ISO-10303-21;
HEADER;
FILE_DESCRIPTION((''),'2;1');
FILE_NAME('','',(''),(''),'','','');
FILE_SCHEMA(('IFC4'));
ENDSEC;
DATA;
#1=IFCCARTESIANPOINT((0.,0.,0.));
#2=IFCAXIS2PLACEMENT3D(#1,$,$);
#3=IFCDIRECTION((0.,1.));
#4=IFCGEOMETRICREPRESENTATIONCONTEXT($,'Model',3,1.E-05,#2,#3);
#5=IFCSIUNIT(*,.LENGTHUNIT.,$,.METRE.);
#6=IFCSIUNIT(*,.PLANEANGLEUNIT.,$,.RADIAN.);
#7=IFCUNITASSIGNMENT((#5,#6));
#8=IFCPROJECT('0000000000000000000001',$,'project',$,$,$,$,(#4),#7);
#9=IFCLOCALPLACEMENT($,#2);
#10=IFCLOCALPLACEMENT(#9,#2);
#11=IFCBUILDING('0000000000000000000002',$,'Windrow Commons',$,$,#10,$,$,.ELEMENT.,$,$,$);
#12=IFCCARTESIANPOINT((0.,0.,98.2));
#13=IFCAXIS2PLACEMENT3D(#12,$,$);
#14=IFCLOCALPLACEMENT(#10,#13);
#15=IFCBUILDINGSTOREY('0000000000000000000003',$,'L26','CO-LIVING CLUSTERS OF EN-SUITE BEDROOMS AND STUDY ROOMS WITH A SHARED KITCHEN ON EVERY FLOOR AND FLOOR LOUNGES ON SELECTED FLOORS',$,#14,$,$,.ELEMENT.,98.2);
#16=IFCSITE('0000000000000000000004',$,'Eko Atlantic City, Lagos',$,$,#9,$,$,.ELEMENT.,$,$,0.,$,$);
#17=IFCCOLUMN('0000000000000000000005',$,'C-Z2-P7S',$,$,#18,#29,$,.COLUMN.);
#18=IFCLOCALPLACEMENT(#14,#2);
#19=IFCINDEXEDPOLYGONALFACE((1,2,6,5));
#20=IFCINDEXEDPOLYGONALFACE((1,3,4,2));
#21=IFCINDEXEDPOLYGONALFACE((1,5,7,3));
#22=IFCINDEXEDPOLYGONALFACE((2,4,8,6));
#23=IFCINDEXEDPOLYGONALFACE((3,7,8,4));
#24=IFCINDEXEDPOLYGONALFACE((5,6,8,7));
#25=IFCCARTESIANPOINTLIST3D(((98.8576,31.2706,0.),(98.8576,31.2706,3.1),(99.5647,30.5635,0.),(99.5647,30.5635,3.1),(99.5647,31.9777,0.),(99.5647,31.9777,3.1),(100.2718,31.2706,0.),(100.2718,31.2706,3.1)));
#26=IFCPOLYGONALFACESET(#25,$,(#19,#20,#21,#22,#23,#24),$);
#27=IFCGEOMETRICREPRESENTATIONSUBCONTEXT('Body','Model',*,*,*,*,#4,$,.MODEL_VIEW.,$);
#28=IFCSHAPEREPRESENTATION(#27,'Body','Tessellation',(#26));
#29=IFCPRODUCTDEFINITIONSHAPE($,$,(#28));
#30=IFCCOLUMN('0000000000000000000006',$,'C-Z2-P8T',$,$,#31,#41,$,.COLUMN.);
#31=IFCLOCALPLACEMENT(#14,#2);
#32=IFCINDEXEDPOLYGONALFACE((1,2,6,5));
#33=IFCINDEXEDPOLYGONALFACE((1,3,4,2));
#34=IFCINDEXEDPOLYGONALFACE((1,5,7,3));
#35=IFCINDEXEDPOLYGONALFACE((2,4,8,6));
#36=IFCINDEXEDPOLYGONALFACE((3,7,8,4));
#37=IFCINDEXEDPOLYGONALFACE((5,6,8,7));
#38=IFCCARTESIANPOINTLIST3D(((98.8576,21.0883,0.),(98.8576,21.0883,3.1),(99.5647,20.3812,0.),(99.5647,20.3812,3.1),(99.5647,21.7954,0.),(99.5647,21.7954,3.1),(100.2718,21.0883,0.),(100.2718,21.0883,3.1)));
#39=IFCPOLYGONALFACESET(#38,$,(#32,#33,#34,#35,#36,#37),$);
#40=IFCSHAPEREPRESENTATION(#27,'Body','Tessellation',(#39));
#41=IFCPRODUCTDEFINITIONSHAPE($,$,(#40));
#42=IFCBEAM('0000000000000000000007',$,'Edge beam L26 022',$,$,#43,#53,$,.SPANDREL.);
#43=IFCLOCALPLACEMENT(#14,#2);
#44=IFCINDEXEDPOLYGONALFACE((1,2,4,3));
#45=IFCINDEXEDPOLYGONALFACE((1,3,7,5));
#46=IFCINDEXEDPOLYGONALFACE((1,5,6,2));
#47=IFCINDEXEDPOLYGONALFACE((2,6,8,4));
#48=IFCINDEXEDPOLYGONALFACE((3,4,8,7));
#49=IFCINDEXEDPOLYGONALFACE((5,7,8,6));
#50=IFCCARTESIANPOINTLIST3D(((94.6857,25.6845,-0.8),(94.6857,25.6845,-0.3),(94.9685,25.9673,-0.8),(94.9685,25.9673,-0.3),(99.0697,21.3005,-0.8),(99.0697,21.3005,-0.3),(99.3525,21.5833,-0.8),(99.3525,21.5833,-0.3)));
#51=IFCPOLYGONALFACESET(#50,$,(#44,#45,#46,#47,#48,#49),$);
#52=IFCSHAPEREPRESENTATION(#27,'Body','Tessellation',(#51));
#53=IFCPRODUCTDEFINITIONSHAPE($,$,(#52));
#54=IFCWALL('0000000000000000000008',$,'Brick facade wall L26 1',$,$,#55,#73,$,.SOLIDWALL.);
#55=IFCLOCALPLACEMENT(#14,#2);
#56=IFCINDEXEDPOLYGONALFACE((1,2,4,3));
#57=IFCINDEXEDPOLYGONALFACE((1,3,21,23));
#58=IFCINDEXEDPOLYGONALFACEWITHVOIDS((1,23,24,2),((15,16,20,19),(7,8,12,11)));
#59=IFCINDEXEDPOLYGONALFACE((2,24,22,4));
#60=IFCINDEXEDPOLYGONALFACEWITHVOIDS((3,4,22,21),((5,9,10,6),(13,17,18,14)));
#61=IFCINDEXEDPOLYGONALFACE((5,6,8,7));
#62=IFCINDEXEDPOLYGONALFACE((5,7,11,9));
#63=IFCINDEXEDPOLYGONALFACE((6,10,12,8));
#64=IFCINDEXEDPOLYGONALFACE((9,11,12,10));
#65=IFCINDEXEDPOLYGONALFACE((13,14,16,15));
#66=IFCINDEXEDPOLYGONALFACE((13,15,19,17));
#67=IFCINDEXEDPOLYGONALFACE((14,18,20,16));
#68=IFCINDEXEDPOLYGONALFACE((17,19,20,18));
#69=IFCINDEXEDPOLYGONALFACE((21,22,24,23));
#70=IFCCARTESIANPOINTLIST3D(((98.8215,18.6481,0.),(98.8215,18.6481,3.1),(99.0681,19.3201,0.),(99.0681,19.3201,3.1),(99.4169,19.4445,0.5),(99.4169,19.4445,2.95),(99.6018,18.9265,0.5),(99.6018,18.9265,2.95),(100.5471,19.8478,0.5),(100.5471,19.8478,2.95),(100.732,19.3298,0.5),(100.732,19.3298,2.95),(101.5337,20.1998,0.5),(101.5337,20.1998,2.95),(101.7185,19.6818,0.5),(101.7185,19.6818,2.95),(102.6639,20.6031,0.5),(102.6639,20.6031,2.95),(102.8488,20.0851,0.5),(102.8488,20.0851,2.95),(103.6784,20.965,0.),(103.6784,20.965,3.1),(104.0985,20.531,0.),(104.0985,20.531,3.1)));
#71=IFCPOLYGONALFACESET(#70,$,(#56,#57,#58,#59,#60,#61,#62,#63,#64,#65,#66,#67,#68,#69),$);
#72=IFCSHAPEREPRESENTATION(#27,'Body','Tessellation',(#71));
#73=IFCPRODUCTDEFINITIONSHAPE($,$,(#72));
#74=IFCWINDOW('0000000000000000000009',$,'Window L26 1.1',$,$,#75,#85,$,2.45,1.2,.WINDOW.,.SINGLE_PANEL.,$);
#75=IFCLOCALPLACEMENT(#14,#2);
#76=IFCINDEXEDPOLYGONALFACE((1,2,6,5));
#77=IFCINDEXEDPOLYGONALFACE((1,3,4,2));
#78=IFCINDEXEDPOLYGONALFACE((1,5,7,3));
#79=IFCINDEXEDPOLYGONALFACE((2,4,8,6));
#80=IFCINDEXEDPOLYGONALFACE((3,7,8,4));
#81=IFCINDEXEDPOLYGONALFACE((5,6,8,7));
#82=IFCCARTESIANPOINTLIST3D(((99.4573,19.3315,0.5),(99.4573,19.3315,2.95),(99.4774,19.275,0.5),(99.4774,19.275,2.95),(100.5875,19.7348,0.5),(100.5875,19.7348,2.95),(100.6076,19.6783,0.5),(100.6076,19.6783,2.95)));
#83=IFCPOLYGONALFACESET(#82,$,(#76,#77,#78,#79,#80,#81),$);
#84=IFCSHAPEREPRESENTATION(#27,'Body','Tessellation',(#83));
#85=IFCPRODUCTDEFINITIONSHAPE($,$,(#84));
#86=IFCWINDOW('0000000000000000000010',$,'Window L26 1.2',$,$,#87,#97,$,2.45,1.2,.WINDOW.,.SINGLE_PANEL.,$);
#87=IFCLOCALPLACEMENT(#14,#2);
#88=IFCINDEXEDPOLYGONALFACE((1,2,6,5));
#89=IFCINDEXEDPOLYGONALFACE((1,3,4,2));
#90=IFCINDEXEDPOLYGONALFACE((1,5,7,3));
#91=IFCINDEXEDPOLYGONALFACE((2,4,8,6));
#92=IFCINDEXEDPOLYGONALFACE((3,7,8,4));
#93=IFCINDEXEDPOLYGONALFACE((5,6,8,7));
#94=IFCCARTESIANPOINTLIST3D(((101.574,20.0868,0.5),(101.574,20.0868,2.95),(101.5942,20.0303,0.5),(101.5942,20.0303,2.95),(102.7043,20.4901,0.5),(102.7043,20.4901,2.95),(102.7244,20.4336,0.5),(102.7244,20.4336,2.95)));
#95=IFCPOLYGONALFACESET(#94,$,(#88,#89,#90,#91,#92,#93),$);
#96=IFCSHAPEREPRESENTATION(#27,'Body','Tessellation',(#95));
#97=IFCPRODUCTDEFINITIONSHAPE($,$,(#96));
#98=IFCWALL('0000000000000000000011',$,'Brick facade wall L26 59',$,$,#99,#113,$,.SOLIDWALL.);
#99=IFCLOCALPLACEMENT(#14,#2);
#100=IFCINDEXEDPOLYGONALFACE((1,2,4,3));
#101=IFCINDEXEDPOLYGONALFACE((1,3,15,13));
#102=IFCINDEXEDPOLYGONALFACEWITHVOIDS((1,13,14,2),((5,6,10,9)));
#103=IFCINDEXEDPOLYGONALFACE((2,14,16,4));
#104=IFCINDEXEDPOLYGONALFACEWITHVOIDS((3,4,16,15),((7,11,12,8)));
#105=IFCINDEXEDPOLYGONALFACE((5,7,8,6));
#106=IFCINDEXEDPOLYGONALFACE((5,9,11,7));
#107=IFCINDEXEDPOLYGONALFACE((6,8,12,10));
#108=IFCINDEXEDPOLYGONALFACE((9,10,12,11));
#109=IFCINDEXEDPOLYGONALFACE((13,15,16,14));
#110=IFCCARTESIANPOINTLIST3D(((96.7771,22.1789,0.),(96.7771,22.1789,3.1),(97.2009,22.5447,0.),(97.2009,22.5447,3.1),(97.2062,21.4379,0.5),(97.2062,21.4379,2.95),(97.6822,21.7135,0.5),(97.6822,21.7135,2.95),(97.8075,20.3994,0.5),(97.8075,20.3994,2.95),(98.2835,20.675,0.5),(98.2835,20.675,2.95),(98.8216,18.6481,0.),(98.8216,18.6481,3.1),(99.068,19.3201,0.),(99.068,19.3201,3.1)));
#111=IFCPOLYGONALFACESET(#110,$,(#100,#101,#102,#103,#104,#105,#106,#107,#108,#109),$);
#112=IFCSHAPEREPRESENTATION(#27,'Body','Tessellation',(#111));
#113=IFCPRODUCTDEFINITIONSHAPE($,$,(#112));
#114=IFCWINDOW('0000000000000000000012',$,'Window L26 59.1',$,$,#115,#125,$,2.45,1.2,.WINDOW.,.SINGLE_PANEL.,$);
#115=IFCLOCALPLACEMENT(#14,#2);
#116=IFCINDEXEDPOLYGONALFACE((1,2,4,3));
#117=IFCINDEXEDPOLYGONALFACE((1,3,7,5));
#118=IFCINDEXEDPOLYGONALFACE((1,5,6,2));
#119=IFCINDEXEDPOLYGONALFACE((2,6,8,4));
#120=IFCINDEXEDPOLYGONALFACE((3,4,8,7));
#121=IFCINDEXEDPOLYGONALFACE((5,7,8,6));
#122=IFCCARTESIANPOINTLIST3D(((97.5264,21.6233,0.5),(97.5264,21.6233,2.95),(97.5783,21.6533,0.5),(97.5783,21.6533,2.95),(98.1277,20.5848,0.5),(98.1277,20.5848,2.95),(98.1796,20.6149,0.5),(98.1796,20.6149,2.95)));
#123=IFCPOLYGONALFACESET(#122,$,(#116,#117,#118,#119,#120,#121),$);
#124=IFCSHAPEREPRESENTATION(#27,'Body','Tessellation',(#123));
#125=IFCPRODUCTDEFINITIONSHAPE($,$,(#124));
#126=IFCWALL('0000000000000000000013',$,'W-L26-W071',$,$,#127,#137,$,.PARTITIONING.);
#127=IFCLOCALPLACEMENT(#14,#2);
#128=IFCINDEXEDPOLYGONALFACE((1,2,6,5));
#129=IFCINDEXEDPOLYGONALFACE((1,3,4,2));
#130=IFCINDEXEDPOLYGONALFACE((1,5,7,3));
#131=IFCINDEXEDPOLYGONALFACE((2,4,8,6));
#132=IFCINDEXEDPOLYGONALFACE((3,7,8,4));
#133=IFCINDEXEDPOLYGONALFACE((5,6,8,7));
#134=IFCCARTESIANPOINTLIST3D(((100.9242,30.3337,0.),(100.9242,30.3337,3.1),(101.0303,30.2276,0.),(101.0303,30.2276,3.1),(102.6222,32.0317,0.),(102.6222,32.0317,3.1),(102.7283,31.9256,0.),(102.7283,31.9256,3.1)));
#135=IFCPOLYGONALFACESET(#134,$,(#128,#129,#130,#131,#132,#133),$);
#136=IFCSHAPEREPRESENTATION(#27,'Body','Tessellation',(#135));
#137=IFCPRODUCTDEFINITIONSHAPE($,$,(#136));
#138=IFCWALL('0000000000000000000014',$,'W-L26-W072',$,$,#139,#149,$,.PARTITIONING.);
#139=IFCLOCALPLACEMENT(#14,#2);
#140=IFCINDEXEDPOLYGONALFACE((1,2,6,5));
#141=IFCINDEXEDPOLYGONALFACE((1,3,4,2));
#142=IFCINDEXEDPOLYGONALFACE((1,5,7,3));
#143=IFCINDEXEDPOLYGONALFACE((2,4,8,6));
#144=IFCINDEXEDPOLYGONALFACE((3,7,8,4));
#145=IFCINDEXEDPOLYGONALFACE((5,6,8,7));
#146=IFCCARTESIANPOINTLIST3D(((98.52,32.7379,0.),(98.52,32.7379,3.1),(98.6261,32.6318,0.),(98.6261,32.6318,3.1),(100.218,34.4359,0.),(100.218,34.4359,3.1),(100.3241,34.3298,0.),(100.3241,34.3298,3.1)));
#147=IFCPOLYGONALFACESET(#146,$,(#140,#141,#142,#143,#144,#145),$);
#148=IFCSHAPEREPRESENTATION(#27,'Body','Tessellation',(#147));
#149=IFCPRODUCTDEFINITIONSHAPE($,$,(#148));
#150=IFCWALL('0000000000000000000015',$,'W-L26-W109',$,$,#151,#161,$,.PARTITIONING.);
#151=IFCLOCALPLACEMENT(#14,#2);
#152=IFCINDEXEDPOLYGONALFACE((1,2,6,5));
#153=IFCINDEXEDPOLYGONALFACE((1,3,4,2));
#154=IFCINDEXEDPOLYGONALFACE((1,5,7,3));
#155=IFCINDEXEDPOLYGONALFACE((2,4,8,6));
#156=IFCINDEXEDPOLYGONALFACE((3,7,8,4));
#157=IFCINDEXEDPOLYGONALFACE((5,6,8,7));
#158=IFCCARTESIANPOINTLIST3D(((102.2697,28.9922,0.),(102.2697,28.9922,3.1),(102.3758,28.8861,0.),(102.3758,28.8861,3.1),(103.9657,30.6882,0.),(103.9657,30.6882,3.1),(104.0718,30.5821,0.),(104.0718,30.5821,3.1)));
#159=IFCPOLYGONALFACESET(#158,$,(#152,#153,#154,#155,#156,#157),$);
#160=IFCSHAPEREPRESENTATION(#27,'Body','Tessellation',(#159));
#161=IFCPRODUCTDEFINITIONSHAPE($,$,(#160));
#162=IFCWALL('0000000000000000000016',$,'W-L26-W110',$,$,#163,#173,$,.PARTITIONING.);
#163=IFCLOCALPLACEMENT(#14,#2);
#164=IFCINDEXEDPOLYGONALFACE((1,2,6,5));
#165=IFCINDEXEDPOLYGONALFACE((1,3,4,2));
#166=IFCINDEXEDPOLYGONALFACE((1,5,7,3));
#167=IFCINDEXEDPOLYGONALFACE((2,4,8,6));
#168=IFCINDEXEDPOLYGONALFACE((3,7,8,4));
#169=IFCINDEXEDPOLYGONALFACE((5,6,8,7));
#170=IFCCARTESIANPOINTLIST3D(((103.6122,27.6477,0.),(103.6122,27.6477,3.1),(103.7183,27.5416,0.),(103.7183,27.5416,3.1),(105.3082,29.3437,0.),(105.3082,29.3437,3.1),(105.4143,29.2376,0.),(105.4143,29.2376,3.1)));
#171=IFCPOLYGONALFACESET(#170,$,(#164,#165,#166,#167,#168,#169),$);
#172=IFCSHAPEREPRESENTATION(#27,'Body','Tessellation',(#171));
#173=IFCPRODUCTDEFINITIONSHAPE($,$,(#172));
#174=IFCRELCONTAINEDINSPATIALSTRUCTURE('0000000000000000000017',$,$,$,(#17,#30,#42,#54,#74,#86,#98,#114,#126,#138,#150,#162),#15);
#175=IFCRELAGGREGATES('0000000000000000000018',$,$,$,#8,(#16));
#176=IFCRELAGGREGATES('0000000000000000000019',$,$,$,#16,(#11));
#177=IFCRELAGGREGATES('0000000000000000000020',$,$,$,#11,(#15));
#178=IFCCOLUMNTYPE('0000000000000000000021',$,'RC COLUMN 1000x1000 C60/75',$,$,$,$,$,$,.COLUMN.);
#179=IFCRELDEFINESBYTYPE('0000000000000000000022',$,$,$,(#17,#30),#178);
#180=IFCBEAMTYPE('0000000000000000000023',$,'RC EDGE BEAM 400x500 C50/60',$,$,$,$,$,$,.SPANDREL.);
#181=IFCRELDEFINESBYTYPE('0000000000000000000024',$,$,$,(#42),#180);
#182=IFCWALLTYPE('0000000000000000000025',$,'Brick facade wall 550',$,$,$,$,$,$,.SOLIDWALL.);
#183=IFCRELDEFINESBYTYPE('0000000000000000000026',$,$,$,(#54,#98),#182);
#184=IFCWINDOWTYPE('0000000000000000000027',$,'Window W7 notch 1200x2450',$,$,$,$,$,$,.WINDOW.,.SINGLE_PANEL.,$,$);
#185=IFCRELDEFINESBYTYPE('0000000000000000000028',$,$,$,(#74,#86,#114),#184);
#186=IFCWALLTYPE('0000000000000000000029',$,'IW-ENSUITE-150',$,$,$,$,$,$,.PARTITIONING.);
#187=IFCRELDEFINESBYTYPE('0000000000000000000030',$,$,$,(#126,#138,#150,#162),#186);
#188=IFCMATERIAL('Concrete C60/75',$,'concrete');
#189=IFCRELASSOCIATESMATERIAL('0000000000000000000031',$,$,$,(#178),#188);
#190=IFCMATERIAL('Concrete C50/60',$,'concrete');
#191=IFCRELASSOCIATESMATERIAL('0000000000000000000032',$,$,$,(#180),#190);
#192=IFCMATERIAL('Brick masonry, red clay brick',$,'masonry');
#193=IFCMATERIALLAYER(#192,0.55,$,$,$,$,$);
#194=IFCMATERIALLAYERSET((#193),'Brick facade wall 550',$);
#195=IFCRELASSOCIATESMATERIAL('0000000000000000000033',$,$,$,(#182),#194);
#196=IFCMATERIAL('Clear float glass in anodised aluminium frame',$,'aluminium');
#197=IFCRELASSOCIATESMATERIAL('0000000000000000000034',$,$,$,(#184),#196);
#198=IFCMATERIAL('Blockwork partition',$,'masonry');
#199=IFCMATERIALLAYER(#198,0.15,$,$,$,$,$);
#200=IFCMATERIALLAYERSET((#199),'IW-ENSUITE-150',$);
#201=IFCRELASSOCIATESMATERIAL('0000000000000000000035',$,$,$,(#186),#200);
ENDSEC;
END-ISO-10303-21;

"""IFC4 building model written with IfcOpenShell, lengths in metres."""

from ifc_helpers import new_model, si_unit, direction, frame, frame_2d, origin, origin_2d, place, context, subcontext, project, spatial, polyline, rectangle, outline, extrude, material, layer, layer_set, material_profile, profile_set, type_object, element, fill, save


model = new_model("IFC4")

# Units and contexts
model_context = context("Model", 3, precision=1e-05, world=origin(), true_north=direction((0.0, 1.0)))
body_context = subcontext(model_context, "Body", "Model", "MODEL_VIEW")
ifc_project = project(units=[si_unit("LENGTHUNIT", "METRE"), si_unit("PLANEANGLEUNIT", "RADIAN")], contexts=[model_context])

# Site, building, storey
site_placement = place(None, origin())
site = spatial("IfcSite", under=ifc_project, at=site_placement, Name="Eko Atlantic City, Lagos", CompositionType="ELEMENT", RefElevation=0.0)
building_placement = place(site_placement, origin())
building = spatial("IfcBuilding", under=site, at=building_placement, Name="Windrow Commons", CompositionType="ELEMENT")
storey_placement = place(building_placement, frame((0.0, 0.0, 98.2)))
storey = spatial("IfcBuildingStorey", under=building, at=storey_placement, Name="L26", Description="CO-LIVING CLUSTERS OF EN-SUITE BEDROOMS AND STUDY ROOMS WITH A SHARED KITCHEN ON EVERY FLOOR AND FLOOR LOUNGES ON SELECTED FLOORS", CompositionType="ELEMENT", Elevation=98.2)

# Columns
ifc_material_1 = material(Name="Concrete C60/75", Category="concrete")
ifc_material_profile_1 = material_profile(ifc_material_1, rectangle(XDim=1.0, YDim=1.0, at=origin_2d()))
ifc_profile_set_1 = profile_set([ifc_material_profile_1], Name="Concrete C60/75")
column_type = type_object("IfcColumnType", Name="RC COLUMN 1000x1000 C60/75", PredefinedType="COLUMN", material=ifc_profile_set_1)
for number, where, z_axis, x_axis, name in (
    (1, (99.5647, 31.2706, 0.0), (0.0, 0.0, 1.0), (0.707107, -0.707107, 0.0), "C-Z2-P7S"),
    (2, (99.5647, 21.0883, 0.0), (0.0, 0.0, 1.0), (0.707107, -0.707107, 0.0), "C-Z2-P8T"),
):
    element("IfcColumn", number, at=place(storey_placement, frame(where, z_axis=z_axis, x_axis=x_axis)), inside=storey, type_object=column_type, Name=name, PredefinedType="COLUMN", context=body_context, shape_type="SweptSolid", body=[
        extrude(rectangle(XDim=1.0, YDim=1.0, at=origin_2d()), origin(), (0.0, 0.0, 1.0), 3.1),
    ])

# Beam
ifc_material_2 = material(Name="Concrete C50/60", Category="concrete")
ifc_material_profile_2 = material_profile(ifc_material_2, rectangle(XDim=0.4, YDim=0.5, at=origin_2d()))
ifc_profile_set_2 = profile_set([ifc_material_profile_2], Name="Concrete C50/60")
beam_type = type_object("IfcBeamType", Name="RC EDGE BEAM 400x500 C50/60", PredefinedType="SPANDREL", material=ifc_profile_set_2)
beam_placement = place(storey_placement, frame((99.2111, 21.4419, -0.55), z_axis=(-0.707107, 0.707107, 0.0), x_axis=(-0.707107, -0.707107, 0.0)))
element("IfcBeam", 3, at=beam_placement, inside=storey, type_object=beam_type, Name="Edge beam L26 022", PredefinedType="SPANDREL", context=body_context, shape_type="SweptSolid", body=[
    extrude(rectangle(XDim=0.4, YDim=0.5, at=origin_2d()), origin(), (0.0, 0.0, 1.0), 6.1999),
])

# Wall, openings, windows
ifc_material_3 = material(Name="Brick masonry, red clay brick", Category="masonry")
ifc_layer_1 = layer(ifc_material_3, 0.55)
ifc_layer_set_1 = layer_set([ifc_layer_1], Name="Brick facade wall 550")
wall_type_1 = type_object("IfcWallType", Name="Brick facade wall 550", PredefinedType="SOLIDWALL", material=ifc_layer_set_1)
wall_1_placement = place(storey_placement, frame((98.9448, 18.9841, 0.0), z_axis=(0.0, 0.0, 1.0), x_axis=(0.941843, 0.336054, 0.0)))
wall_1 = element("IfcWall", 4, at=wall_1_placement, inside=storey, type_object=wall_type_1, Name="Brick facade wall L26 1", PredefinedType="SOLIDWALL", context=body_context, shape_type="SweptSolid", body=[
    extrude(outline(polyline([(-0.229, -0.275), (5.3738, -0.275), (5.124, 0.275), (0.229, 0.275), (-0.229, -0.275)])), origin(), (0.0, 0.0, 1.0), 3.1),
])
opening_1_placement = place(wall_1_placement, frame((0.5994, 0.0, 0.5)))
opening_1 = element("IfcOpeningElement", 5, at=opening_1_placement, cuts=wall_1, PredefinedType="OPENING", context=body_context, shape_type="SweptSolid", body=[
    extrude(rectangle(XDim=1.2, YDim=2.45, at=frame_2d((0.6, 1.225))), frame((0.0, 0.285, 0.0), z_axis=(0.0, -1.0, 0.0), x_axis=(1.0, 0.0, 0.0)), (0.0, 0.0, 1.0), 0.57),
])
opening_2_placement = place(wall_1_placement, frame((2.8469, 0.0, 0.5)))
opening_2 = element("IfcOpeningElement", 6, at=opening_2_placement, cuts=wall_1, PredefinedType="OPENING", context=body_context, shape_type="SweptSolid", body=[
    extrude(rectangle(XDim=1.2, YDim=2.45, at=frame_2d((0.6, 1.225))), frame((0.0, 0.285, 0.0), z_axis=(0.0, -1.0, 0.0), x_axis=(1.0, 0.0, 0.0)), (0.0, 0.0, 1.0), 0.57),
])
ifc_material_4 = material(Name="Clear float glass in anodised aluminium frame", Category="aluminium")
window_type = type_object("IfcWindowType", Name="Window W7 notch 1200x2450", PartitioningType="SINGLE_PANEL", PredefinedType="WINDOW", material=ifc_material_4)
window_1_placement = place(opening_1_placement, origin())
window_1 = element("IfcWindow", 7, at=window_1_placement, inside=storey, type_object=window_type, Name="Window L26 1.1", OverallHeight=2.45, OverallWidth=1.2, PartitioningType="SINGLE_PANEL", PredefinedType="WINDOW", context=body_context, shape_type="SweptSolid", body=[
    extrude(rectangle(XDim=1.2, YDim=2.45, at=frame_2d((0.6, 1.225))), frame((0.0, 0.155, 0.0), z_axis=(0.0, -1.0, 0.0), x_axis=(1.0, 0.0, 0.0)), (0.0, 0.0, 1.0), 0.06),
])
fill(opening_1, window_1)
window_2_placement = place(opening_2_placement, origin())
window_2 = element("IfcWindow", 8, at=window_2_placement, inside=storey, type_object=window_type, Name="Window L26 1.2", OverallHeight=2.45, OverallWidth=1.2, PartitioningType="SINGLE_PANEL", PredefinedType="WINDOW", context=body_context, shape_type="SweptSolid", body=[
    extrude(rectangle(XDim=1.2, YDim=2.45, at=frame_2d((0.6, 1.225))), frame((0.0, 0.155, 0.0), z_axis=(0.0, -1.0, 0.0), x_axis=(1.0, 0.0, 0.0)), (0.0, 0.0, 1.0), 0.06),
])
fill(opening_2, window_2)

# Wall, opening, window
wall_2_placement = place(storey_placement, frame((96.989, 22.3618, 0.0), z_axis=(0.0, 0.0, 1.0), x_axis=(0.501092, -0.865394, 0.0)))
wall_2 = element("IfcWall", 9, at=wall_2_placement, inside=storey, type_object=wall_type_1, Name="Brick facade wall L26 59", PredefinedType="SOLIDWALL", context=body_context, shape_type="SweptSolid", body=[
    extrude(outline(polyline([(0.0521, -0.275), (4.1321, -0.275), (3.6741, 0.275), (-0.0521, 0.275), (0.0521, -0.275)])), origin(), (0.0, 0.0, 1.0), 3.1),
])
opening_3_placement = place(wall_2_placement, frame((0.9084, 0.0, 0.5)))
opening_3 = element("IfcOpeningElement", 10, at=opening_3_placement, cuts=wall_2, PredefinedType="OPENING", context=body_context, shape_type="SweptSolid", body=[
    extrude(rectangle(XDim=1.2, YDim=2.45, at=frame_2d((0.6, 1.225))), frame((0.0, 0.285, 0.0), z_axis=(0.0, -1.0, 0.0), x_axis=(1.0, 0.0, 0.0)), (0.0, 0.0, 1.0), 0.57),
])
window_3_placement = place(opening_3_placement, origin())
window_3 = element("IfcWindow", 11, at=window_3_placement, inside=storey, type_object=window_type, Name="Window L26 59.1", OverallHeight=2.45, OverallWidth=1.2, PartitioningType="SINGLE_PANEL", PredefinedType="WINDOW", context=body_context, shape_type="SweptSolid", body=[
    extrude(rectangle(XDim=1.2, YDim=2.45, at=frame_2d((0.6, 1.225))), frame((0.0, 0.155, 0.0), z_axis=(0.0, -1.0, 0.0), x_axis=(1.0, 0.0, 0.0)), (0.0, 0.0, 1.0), 0.06),
])
fill(opening_3, window_3)

# Walls
ifc_material_5 = material(Name="Blockwork partition", Category="masonry")
ifc_layer_2 = layer(ifc_material_5, 0.15)
ifc_layer_set_2 = layer_set([ifc_layer_2], Name="IW-ENSUITE-150")
wall_type_2 = type_object("IfcWallType", Name="IW-ENSUITE-150", PredefinedType="PARTITIONING", material=ifc_layer_set_2)
for number, where, z_axis, x_axis, name in (
    (12, (100.9773, 30.2807, 0.0), (0.0, 0.0, 1.0), (0.707107, 0.707107, 0.0), "W-L26-W071"),
    (13, (98.5731, 32.6849, 0.0), (0.0, 0.0, 1.0), (0.707107, 0.707107, 0.0), "W-L26-W072"),
):
    element("IfcWall", number, at=place(storey_placement, frame(where, z_axis=z_axis, x_axis=x_axis)), inside=storey, type_object=wall_type_2, Name=name, PredefinedType="PARTITIONING", context=body_context, shape_type="SweptSolid", body=[
        extrude(rectangle(XDim=2.4013, YDim=0.15, at=frame_2d((1.2006, 0.0))), origin(), (0.0, 0.0, 1.0), 3.1),
    ])
for number, where, z_axis, x_axis, name in (
    (14, (102.3228, 28.9392, 0.0), (0.0, 0.0, 1.0), (0.707107, 0.707107, 0.0), "W-L26-W109"),
    (15, (103.6653, 27.5947, 0.0), (0.0, 0.0, 1.0), (0.707107, 0.707107, 0.0), "W-L26-W110"),
):
    element("IfcWall", number, at=place(storey_placement, frame(where, z_axis=z_axis, x_axis=x_axis)), inside=storey, type_object=wall_type_2, Name=name, PredefinedType="PARTITIONING", context=body_context, shape_type="SweptSolid", body=[
        extrude(rectangle(XDim=2.3985, YDim=0.15, at=frame_2d((1.1992, 0.0))), origin(), (0.0, 0.0, 1.0), 3.1),
    ])

save(model, "model.ifc")
